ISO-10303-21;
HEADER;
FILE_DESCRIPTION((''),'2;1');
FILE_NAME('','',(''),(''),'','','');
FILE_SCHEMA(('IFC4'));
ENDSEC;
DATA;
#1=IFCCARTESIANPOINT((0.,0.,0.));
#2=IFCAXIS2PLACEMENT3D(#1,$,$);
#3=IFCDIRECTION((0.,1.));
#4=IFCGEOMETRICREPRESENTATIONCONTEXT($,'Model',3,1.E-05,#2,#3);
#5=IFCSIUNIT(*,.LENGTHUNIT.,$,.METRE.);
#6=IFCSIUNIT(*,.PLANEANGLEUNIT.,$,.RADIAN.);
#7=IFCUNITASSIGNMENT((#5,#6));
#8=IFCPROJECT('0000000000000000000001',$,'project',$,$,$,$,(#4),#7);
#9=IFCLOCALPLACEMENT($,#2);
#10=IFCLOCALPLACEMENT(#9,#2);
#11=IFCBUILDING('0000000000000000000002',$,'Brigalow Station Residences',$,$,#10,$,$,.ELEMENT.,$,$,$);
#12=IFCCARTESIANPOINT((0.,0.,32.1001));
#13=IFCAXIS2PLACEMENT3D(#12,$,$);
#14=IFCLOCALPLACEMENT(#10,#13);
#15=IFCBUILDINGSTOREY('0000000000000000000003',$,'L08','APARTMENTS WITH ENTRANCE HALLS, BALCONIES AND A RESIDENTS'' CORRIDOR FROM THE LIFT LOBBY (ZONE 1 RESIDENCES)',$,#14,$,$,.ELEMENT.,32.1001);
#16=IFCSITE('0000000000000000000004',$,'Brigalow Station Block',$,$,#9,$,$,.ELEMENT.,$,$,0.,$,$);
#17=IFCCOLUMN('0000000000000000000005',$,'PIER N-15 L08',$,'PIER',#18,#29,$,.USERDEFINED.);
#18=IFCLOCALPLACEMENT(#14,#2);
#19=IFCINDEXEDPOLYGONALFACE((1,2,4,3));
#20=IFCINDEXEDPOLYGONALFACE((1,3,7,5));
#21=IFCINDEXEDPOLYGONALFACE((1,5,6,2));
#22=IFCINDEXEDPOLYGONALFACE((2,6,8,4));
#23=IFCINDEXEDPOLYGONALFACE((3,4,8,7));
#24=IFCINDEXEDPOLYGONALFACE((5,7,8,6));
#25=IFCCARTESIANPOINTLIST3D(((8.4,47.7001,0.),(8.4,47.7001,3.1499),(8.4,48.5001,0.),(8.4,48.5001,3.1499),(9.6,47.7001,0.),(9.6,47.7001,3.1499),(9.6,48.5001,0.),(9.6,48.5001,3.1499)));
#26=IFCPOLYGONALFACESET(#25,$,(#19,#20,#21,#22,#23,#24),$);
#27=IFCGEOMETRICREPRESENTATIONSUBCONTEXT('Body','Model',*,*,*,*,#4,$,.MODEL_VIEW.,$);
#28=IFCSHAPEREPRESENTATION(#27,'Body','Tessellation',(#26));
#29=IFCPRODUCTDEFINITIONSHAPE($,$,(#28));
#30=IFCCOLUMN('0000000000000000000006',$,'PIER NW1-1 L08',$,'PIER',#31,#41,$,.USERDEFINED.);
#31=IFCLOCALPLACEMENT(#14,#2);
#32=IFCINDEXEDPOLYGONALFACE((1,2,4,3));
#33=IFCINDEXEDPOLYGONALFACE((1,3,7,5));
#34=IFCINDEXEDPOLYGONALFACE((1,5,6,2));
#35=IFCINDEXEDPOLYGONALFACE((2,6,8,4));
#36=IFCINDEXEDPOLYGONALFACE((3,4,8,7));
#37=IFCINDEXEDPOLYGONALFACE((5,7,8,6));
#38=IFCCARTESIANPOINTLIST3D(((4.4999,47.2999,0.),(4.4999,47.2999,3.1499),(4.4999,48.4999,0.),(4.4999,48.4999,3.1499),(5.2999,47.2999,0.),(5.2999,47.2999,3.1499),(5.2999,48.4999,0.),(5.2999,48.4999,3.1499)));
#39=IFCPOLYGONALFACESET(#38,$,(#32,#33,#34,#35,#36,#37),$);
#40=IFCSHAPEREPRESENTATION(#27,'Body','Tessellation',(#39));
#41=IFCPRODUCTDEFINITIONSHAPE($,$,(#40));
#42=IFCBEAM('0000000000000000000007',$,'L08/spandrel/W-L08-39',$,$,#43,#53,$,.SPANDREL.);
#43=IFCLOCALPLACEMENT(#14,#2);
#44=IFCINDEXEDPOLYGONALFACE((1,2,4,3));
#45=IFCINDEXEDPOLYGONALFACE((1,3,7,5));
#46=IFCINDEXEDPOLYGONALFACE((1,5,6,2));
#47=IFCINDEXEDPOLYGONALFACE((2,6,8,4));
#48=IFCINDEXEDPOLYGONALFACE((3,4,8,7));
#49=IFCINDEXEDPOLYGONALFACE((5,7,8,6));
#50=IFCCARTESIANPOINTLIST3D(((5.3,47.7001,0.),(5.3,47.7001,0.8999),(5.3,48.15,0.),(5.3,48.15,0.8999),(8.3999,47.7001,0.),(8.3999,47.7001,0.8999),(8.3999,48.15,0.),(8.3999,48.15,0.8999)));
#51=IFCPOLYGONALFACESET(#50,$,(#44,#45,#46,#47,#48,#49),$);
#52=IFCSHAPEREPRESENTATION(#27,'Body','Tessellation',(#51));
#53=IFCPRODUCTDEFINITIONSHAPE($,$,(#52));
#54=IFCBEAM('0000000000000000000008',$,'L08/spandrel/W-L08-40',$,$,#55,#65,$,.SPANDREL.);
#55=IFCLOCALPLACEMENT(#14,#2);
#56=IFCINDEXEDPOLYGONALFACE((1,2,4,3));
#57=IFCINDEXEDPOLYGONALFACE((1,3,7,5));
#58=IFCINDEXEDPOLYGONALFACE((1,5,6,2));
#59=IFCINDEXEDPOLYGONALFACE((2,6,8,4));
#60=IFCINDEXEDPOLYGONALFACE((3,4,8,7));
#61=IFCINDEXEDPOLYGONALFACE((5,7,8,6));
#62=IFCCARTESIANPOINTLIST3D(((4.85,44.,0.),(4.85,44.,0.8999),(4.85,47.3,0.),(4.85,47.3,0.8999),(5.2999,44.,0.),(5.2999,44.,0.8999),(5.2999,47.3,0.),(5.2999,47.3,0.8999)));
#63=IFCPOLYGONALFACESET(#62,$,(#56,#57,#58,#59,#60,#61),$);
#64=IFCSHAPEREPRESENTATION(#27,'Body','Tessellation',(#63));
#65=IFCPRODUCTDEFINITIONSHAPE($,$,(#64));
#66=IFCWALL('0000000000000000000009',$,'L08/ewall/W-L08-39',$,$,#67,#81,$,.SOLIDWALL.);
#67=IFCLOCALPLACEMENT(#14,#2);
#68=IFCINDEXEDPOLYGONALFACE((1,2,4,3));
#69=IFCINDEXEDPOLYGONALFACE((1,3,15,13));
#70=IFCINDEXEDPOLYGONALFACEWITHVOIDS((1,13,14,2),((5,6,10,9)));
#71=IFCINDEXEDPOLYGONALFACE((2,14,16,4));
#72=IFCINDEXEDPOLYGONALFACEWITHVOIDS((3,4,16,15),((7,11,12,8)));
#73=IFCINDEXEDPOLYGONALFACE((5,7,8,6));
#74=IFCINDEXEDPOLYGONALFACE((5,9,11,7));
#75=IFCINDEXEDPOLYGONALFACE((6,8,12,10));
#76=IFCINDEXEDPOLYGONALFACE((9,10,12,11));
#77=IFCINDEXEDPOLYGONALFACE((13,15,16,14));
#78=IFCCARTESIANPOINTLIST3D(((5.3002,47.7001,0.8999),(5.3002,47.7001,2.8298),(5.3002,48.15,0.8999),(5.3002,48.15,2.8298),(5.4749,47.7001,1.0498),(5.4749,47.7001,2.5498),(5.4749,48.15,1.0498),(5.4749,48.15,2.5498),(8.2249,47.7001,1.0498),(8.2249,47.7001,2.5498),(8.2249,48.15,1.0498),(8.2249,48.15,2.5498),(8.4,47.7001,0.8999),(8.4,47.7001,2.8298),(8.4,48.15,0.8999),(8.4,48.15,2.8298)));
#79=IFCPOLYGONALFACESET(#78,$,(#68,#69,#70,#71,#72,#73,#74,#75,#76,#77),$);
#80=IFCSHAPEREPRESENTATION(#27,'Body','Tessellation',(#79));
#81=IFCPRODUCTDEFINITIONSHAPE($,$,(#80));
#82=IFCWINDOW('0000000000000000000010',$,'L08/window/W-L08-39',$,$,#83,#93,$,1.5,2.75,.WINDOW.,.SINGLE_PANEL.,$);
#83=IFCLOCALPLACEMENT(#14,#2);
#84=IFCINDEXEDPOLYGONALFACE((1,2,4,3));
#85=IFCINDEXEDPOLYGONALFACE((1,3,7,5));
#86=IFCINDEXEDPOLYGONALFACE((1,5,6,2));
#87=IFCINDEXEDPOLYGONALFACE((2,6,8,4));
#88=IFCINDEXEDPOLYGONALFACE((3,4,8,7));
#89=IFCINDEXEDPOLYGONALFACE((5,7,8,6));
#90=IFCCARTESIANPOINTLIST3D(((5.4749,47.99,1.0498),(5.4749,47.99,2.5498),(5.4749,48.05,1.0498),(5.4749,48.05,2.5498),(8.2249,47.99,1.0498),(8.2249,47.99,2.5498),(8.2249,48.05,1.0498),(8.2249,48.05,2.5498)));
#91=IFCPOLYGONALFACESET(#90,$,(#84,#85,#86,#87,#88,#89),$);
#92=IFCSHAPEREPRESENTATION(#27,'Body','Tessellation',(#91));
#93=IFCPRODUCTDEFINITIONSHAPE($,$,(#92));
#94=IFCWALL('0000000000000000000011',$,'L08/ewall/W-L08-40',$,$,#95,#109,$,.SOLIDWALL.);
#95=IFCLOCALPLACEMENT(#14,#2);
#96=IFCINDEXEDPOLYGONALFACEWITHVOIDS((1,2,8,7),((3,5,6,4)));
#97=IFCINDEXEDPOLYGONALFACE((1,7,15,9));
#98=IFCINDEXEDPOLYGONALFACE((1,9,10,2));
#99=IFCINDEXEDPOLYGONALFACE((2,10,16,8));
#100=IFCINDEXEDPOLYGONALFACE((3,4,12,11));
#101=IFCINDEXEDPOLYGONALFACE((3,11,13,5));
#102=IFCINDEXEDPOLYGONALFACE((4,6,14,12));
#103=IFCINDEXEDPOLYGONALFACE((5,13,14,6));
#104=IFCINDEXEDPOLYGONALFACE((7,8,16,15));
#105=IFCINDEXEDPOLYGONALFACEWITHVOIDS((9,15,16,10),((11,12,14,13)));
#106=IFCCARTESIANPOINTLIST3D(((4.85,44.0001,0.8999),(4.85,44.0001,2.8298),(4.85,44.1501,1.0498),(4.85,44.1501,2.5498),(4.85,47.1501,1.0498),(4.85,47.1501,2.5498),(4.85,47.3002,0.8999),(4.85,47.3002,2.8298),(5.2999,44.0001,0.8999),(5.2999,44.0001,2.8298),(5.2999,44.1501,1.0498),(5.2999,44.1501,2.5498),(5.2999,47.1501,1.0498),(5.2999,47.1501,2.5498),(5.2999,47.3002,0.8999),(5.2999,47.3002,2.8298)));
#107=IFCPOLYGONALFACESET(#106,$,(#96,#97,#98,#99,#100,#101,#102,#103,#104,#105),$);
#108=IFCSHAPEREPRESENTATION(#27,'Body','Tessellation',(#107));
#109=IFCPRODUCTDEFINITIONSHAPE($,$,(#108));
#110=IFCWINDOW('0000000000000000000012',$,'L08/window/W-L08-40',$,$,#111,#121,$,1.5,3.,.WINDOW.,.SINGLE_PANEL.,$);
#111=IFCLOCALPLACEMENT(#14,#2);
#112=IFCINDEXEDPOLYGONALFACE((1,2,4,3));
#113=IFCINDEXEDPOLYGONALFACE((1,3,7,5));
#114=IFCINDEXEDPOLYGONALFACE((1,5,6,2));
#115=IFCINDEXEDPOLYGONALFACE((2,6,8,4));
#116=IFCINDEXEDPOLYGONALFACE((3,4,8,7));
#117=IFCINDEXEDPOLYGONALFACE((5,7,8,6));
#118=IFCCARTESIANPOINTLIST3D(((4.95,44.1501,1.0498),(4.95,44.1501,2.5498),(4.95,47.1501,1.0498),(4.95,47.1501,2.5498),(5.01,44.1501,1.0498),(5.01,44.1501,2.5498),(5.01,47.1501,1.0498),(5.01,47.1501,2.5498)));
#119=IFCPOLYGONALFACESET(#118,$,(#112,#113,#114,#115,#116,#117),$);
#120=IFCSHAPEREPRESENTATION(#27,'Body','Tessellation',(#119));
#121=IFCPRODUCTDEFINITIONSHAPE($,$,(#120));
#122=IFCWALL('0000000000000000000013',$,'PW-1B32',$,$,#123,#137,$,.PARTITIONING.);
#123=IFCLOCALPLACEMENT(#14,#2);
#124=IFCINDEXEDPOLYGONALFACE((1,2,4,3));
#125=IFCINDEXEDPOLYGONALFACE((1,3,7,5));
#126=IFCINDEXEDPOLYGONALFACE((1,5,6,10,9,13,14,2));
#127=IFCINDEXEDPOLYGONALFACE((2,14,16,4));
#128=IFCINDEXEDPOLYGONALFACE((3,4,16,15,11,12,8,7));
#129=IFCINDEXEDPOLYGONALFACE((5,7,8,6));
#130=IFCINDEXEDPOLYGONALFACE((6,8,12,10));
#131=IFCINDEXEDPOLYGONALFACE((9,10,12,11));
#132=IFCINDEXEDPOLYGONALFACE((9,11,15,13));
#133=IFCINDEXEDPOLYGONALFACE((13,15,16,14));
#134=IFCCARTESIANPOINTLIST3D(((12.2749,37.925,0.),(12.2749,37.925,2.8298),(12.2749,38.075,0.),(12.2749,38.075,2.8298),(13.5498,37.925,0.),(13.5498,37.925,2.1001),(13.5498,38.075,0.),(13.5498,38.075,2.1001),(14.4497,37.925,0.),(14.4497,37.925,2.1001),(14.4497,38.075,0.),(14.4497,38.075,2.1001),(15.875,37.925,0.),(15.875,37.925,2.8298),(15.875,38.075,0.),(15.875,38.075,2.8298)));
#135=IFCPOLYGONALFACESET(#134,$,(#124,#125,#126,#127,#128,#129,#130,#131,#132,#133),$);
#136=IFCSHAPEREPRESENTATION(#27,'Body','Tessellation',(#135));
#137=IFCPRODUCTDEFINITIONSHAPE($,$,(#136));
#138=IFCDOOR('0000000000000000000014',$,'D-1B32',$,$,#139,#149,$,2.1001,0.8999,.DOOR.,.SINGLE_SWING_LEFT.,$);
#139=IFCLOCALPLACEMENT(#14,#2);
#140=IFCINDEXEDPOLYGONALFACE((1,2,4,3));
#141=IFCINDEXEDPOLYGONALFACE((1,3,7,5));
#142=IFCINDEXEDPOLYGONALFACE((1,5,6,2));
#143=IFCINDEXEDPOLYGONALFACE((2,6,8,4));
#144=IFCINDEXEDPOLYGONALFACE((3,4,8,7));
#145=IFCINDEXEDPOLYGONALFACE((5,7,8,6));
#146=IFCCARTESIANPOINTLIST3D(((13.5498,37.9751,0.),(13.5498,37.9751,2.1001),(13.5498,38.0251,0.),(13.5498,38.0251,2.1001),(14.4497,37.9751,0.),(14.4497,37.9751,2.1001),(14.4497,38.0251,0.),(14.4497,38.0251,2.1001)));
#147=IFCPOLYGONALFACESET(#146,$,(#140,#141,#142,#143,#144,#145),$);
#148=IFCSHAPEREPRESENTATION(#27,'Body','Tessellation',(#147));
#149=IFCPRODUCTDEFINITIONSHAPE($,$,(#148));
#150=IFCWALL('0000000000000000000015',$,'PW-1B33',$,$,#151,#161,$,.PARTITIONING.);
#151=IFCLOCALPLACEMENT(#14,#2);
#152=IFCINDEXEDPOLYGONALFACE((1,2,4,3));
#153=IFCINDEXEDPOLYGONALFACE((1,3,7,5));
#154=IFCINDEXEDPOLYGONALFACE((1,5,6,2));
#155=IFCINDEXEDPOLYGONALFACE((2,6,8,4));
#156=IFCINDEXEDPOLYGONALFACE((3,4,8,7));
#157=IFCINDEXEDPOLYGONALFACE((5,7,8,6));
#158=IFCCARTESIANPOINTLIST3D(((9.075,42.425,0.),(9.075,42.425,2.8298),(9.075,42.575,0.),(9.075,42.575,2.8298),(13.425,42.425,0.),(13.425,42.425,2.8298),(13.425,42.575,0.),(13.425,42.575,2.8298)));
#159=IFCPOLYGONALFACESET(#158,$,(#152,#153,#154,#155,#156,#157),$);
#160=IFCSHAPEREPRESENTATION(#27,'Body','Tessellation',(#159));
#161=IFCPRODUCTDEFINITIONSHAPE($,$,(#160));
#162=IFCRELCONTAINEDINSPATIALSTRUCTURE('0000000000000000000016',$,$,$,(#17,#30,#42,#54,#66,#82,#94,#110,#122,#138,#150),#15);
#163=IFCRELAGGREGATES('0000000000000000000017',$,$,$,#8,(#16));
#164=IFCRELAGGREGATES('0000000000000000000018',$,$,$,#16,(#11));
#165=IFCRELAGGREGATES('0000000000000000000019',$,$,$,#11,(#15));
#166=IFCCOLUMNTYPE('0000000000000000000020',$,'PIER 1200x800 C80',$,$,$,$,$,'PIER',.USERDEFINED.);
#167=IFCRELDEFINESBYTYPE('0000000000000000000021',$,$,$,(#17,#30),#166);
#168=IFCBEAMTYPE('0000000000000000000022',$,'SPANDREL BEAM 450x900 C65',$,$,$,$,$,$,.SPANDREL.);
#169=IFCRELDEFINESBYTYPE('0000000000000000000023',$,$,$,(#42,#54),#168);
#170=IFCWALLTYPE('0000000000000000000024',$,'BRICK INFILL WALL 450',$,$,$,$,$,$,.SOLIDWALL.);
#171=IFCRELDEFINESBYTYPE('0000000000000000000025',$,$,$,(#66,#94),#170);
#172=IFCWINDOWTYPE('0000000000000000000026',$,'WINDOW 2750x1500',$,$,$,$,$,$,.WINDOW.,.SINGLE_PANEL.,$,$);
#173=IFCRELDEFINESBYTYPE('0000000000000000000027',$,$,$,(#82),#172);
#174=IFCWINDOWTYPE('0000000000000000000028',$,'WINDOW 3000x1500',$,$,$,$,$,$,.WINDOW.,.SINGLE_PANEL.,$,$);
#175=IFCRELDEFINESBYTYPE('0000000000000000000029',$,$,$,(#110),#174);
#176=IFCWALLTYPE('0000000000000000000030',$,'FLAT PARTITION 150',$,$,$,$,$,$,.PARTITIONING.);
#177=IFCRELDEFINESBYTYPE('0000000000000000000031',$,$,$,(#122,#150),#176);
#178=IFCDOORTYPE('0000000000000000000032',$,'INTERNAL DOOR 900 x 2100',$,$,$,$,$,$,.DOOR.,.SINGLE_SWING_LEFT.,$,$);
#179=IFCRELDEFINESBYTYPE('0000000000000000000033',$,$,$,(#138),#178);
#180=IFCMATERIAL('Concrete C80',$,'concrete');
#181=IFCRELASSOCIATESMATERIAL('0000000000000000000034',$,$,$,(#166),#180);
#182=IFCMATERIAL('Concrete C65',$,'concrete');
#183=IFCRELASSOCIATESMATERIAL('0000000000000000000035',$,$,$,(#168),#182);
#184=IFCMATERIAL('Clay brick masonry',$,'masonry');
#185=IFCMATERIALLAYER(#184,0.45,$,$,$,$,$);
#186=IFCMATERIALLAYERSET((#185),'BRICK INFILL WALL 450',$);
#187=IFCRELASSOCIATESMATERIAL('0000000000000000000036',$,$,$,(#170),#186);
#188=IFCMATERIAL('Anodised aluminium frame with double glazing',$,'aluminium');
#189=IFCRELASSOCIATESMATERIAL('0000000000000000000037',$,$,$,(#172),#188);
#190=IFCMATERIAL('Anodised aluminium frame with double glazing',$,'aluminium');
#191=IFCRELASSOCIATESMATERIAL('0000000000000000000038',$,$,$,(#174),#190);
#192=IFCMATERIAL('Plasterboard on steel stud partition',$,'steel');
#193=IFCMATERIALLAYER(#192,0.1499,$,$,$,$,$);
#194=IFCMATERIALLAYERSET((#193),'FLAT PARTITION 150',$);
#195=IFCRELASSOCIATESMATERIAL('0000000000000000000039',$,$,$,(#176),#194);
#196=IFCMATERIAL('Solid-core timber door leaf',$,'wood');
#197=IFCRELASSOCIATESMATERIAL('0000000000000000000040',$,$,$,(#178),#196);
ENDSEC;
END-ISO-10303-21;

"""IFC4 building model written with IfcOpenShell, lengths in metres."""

from ifc_helpers import new_model, si_unit, direction, frame, frame_2d, origin, origin_2d, place, context, subcontext, project, spatial, rectangle, extrude, material, layer, layer_set, material_profile, profile_set, type_object, element, fill, save


model = new_model("IFC4")

# Units and contexts
model_context = context("Model", 3, precision=1e-05, world=origin(), true_north=direction((0.0, 1.0)))
body_context = subcontext(model_context, "Body", "Model", "MODEL_VIEW")
ifc_project = project(units=[si_unit("LENGTHUNIT", "METRE"), si_unit("PLANEANGLEUNIT", "RADIAN")], contexts=[model_context])

# Site, building, storey
site_placement = place(None, origin())
site = spatial("IfcSite", under=ifc_project, at=site_placement, Name="Brigalow Station Block", CompositionType="ELEMENT", RefElevation=0.0)
building_placement = place(site_placement, origin())
building = spatial("IfcBuilding", under=site, at=building_placement, Name="Brigalow Station Residences", CompositionType="ELEMENT")
storey_placement = place(building_placement, frame((0.0, 0.0, 32.1001)))
storey = spatial("IfcBuildingStorey", under=building, at=storey_placement, Name="L08", Description="APARTMENTS WITH ENTRANCE HALLS, BALCONIES AND A RESIDENTS' CORRIDOR FROM THE LIFT LOBBY (ZONE 1 RESIDENCES)", CompositionType="ELEMENT", Elevation=32.1001)

# Columns
ifc_material_1 = material(Name="Concrete C80", Category="concrete")
ifc_material_profile_1 = material_profile(ifc_material_1, rectangle(XDim=1.2, YDim=0.8, at=origin_2d()), Name="RC1200x800")
ifc_profile_set_1 = profile_set([ifc_material_profile_1], Name="Concrete C80")
column_type = type_object("IfcColumnType", Name="PIER 1200x800 C80", ElementType="PIER", PredefinedType="USERDEFINED", material=ifc_profile_set_1)
for number, where, z_axis, x_axis, name in (
    (1, (9.0, 48.1001, 0.0), (0.0, 0.0, 1.0), (-1.0, 0.0, 0.0), "PIER N-15 L08"),
    (2, (4.8999, 47.8999, 0.0), (0.0, 0.0, 1.0), (0.0, -1.0, 0.0), "PIER NW1-1 L08"),
):
    element("IfcColumn", number, at=place(storey_placement, frame(where, z_axis=z_axis, x_axis=x_axis)), inside=storey, type_object=column_type, Name=name, ObjectType="PIER", PredefinedType="USERDEFINED", context=body_context, shape_type="SweptSolid", body=[
        extrude(rectangle(XDim=1.2, YDim=0.8, at=origin_2d()), origin(), (0.0, 0.0, 1.0), 3.1499),
    ])

# Beams
ifc_material_2 = material(Name="Concrete C65", Category="concrete")
ifc_material_profile_2 = material_profile(ifc_material_2, rectangle(XDim=0.45, YDim=0.8999, at=origin_2d()), Name="RC450x900")
ifc_profile_set_2 = profile_set([ifc_material_profile_2], Name="Concrete C65")
beam_type = type_object("IfcBeamType", Name="SPANDREL BEAM 450x900 C65", PredefinedType="SPANDREL", material=ifc_profile_set_2)
beam_1_placement = place(storey_placement, frame((8.3999, 47.925, 0.45), z_axis=(-1.0, 0.0, 0.0), x_axis=(0.0, -1.0, 0.0)))
element("IfcBeam", 3, at=beam_1_placement, inside=storey, type_object=beam_type, Name="L08/spandrel/W-L08-39", PredefinedType="SPANDREL", context=body_context, shape_type="SweptSolid", body=[
    extrude(rectangle(XDim=0.45, YDim=0.8999, at=origin_2d()), origin(), (0.0, 0.0, 1.0), 3.0999),
])
beam_2_placement = place(storey_placement, frame((5.075, 47.3, 0.45), z_axis=(0.0, -1.0, 0.0), x_axis=(1.0, 0.0, 0.0)))
element("IfcBeam", 4, at=beam_2_placement, inside=storey, type_object=beam_type, Name="L08/spandrel/W-L08-40", PredefinedType="SPANDREL", context=body_context, shape_type="SweptSolid", body=[
    extrude(rectangle(XDim=0.45, YDim=0.8999, at=origin_2d()), origin(), (0.0, 0.0, 1.0), 3.3),
])

# Walls, openings, windows
ifc_material_3 = material(Name="Clay brick masonry", Category="masonry")
ifc_layer_1 = layer(ifc_material_3, 0.45)
ifc_layer_set_1 = layer_set([ifc_layer_1], Name="BRICK INFILL WALL 450")
wall_type_1 = type_object("IfcWallType", Name="BRICK INFILL WALL 450", PredefinedType="SOLIDWALL", material=ifc_layer_set_1)
wall_1_placement = place(storey_placement, frame((8.3999, 47.925, 0.8999), z_axis=(0.0, 0.0, 1.0), x_axis=(-1.0, 0.0, 0.0)))
wall_1 = element("IfcWall", 5, at=wall_1_placement, inside=storey, type_object=wall_type_1, Name="L08/ewall/W-L08-39", PredefinedType="SOLIDWALL", context=body_context, shape_type="SweptSolid", body=[
    extrude(rectangle(XDim=3.0999, YDim=0.45, at=frame_2d((1.5498, 0.0))), origin(), (0.0, 0.0, 1.0), 1.9299),
])
opening_1_placement = place(wall_1_placement, frame((0.175, 0.0, 0.1499)))
opening_1 = element("IfcOpeningElement", 6, at=opening_1_placement, cuts=wall_1, PredefinedType="OPENING", context=body_context, shape_type="SweptSolid", body=[
    extrude(rectangle(XDim=2.75, YDim=1.5, at=frame_2d((1.375, 0.75))), frame((0.0, 0.2349, 0.0), z_axis=(0.0, -1.0, 0.0), x_axis=(1.0, 0.0, 0.0)), (0.0, 0.0, 1.0), 0.47),
])
ifc_material_4 = material(Name="Anodised aluminium frame with double glazing", Category="aluminium")
window_type_1 = type_object("IfcWindowType", Name="WINDOW 2750x1500", PartitioningType="SINGLE_PANEL", PredefinedType="WINDOW", material=ifc_material_4)
window_1_placement = place(opening_1_placement, origin())
window_1 = element("IfcWindow", 7, at=window_1_placement, inside=storey, type_object=window_type_1, Name="L08/window/W-L08-39", OverallHeight=1.5, OverallWidth=2.75, PartitioningType="SINGLE_PANEL", PredefinedType="WINDOW", context=body_context, shape_type="SweptSolid", body=[
    extrude(rectangle(XDim=2.75, YDim=1.5, at=frame_2d((1.375, 0.75))), frame((0.0, -0.0649, 0.0), z_axis=(0.0, -1.0, 0.0), x_axis=(1.0, 0.0, 0.0)), (0.0, 0.0, 1.0), 0.0601),
])
fill(opening_1, window_1)
wall_2_placement = place(storey_placement, frame((5.075, 47.3, 0.8999), z_axis=(0.0, 0.0, 1.0), x_axis=(0.0, -1.0, 0.0)))
wall_2 = element("IfcWall", 8, at=wall_2_placement, inside=storey, type_object=wall_type_1, Name="L08/ewall/W-L08-40", PredefinedType="SOLIDWALL", context=body_context, shape_type="SweptSolid", body=[
    extrude(rectangle(XDim=3.3, YDim=0.45, at=frame_2d((1.6499, 0.0))), origin(), (0.0, 0.0, 1.0), 1.9299),
])
opening_2_placement = place(wall_2_placement, frame((0.1499, 0.0, 0.1499)))
opening_2 = element("IfcOpeningElement", 9, at=opening_2_placement, cuts=wall_2, PredefinedType="OPENING", context=body_context, shape_type="SweptSolid", body=[
    extrude(rectangle(XDim=3.0, YDim=1.5, at=frame_2d((1.5, 0.75))), frame((0.0, 0.2349, 0.0), z_axis=(0.0, -1.0, 0.0), x_axis=(1.0, 0.0, 0.0)), (0.0, 0.0, 1.0), 0.47),
])
ifc_material_5 = material(Name="Anodised aluminium frame with double glazing", Category="aluminium")
window_type_2 = type_object("IfcWindowType", Name="WINDOW 3000x1500", PartitioningType="SINGLE_PANEL", PredefinedType="WINDOW", material=ifc_material_5)
window_2_placement = place(opening_2_placement, origin())
window_2 = element("IfcWindow", 10, at=window_2_placement, inside=storey, type_object=window_type_2, Name="L08/window/W-L08-40", OverallHeight=1.5, OverallWidth=3.0, PartitioningType="SINGLE_PANEL", PredefinedType="WINDOW", context=body_context, shape_type="SweptSolid", body=[
    extrude(rectangle(XDim=3.0, YDim=1.5, at=frame_2d((1.5, 0.75))), frame((0.0, -0.0649, 0.0), z_axis=(0.0, -1.0, 0.0), x_axis=(1.0, 0.0, 0.0)), (0.0, 0.0, 1.0), 0.0601),
])
fill(opening_2, window_2)

# Wall, opening, door
ifc_material_6 = material(Name="Plasterboard on steel stud partition", Category="steel")
ifc_layer_2 = layer(ifc_material_6, 0.1499)
ifc_layer_set_2 = layer_set([ifc_layer_2], Name="FLAT PARTITION 150")
wall_type_2 = type_object("IfcWallType", Name="FLAT PARTITION 150", PredefinedType="PARTITIONING", material=ifc_layer_set_2)
wall_3_placement = place(storey_placement, frame((12.2749, 38.0, 0.0), z_axis=(0.0, 0.0, 1.0), x_axis=(1.0, 0.0, 0.0)))
wall_3 = element("IfcWall", 11, at=wall_3_placement, inside=storey, type_object=wall_type_2, Name="PW-1B32", PredefinedType="PARTITIONING", context=body_context, shape_type="SweptSolid", body=[
    extrude(rectangle(XDim=3.6001, YDim=0.1499, at=frame_2d((1.8, 0.0))), origin(), (0.0, 0.0, 1.0), 2.8298),
])
opening_3_placement = place(wall_3_placement, frame((1.2749, 0.0, 0.0)))
opening_3 = element("IfcOpeningElement", 12, at=opening_3_placement, cuts=wall_3, PredefinedType="OPENING", context=body_context, shape_type="SweptSolid", body=[
    extrude(rectangle(XDim=0.8999, YDim=2.1001, at=frame_2d((0.45, 1.05))), frame((0.0, 0.085, 0.0), z_axis=(0.0, -1.0, 0.0), x_axis=(1.0, 0.0, 0.0)), (0.0, 0.0, 1.0), 0.1699),
])
ifc_material_7 = material(Name="Solid-core timber door leaf", Category="wood")
door_type_1 = type_object("IfcDoorType", Name="INTERNAL DOOR 900 x 2100", OperationType="SINGLE_SWING_LEFT", PredefinedType="DOOR", material=ifc_material_7)
door_1_placement = place(opening_3_placement, frame((0.8999, 0.0, 0.0), z_axis=(0.0, 0.0, 1.0), x_axis=(-1.0, 0.0, 0.0)))
door_1 = element("IfcDoor", 13, at=door_1_placement, inside=storey, type_object=door_type_1, Name="D-1B32", OperationType="SINGLE_SWING_LEFT", OverallHeight=2.1001, OverallWidth=0.8999, PredefinedType="DOOR", context=body_context, shape_type="SweptSolid", body=[
    extrude(rectangle(XDim=0.8999, YDim=2.1001, at=frame_2d((0.45, 1.05))), frame((0.0, 0.0249, 0.0), z_axis=(0.0, -1.0, 0.0), x_axis=(1.0, 0.0, 0.0)), (0.0, 0.0, 1.0), 0.05),
])
fill(opening_3, door_1)

# Wall
wall_4_placement = place(storey_placement, frame((9.075, 42.5, 0.0), z_axis=(0.0, 0.0, 1.0), x_axis=(1.0, 0.0, 0.0)))
element("IfcWall", 14, at=wall_4_placement, inside=storey, type_object=wall_type_2, Name="PW-1B33", PredefinedType="PARTITIONING", context=body_context, shape_type="SweptSolid", body=[
    extrude(rectangle(XDim=4.3501, YDim=0.1499, at=frame_2d((2.175, 0.0))), origin(), (0.0, 0.0, 1.0), 2.8298),
])

save(model, "model.ifc")
